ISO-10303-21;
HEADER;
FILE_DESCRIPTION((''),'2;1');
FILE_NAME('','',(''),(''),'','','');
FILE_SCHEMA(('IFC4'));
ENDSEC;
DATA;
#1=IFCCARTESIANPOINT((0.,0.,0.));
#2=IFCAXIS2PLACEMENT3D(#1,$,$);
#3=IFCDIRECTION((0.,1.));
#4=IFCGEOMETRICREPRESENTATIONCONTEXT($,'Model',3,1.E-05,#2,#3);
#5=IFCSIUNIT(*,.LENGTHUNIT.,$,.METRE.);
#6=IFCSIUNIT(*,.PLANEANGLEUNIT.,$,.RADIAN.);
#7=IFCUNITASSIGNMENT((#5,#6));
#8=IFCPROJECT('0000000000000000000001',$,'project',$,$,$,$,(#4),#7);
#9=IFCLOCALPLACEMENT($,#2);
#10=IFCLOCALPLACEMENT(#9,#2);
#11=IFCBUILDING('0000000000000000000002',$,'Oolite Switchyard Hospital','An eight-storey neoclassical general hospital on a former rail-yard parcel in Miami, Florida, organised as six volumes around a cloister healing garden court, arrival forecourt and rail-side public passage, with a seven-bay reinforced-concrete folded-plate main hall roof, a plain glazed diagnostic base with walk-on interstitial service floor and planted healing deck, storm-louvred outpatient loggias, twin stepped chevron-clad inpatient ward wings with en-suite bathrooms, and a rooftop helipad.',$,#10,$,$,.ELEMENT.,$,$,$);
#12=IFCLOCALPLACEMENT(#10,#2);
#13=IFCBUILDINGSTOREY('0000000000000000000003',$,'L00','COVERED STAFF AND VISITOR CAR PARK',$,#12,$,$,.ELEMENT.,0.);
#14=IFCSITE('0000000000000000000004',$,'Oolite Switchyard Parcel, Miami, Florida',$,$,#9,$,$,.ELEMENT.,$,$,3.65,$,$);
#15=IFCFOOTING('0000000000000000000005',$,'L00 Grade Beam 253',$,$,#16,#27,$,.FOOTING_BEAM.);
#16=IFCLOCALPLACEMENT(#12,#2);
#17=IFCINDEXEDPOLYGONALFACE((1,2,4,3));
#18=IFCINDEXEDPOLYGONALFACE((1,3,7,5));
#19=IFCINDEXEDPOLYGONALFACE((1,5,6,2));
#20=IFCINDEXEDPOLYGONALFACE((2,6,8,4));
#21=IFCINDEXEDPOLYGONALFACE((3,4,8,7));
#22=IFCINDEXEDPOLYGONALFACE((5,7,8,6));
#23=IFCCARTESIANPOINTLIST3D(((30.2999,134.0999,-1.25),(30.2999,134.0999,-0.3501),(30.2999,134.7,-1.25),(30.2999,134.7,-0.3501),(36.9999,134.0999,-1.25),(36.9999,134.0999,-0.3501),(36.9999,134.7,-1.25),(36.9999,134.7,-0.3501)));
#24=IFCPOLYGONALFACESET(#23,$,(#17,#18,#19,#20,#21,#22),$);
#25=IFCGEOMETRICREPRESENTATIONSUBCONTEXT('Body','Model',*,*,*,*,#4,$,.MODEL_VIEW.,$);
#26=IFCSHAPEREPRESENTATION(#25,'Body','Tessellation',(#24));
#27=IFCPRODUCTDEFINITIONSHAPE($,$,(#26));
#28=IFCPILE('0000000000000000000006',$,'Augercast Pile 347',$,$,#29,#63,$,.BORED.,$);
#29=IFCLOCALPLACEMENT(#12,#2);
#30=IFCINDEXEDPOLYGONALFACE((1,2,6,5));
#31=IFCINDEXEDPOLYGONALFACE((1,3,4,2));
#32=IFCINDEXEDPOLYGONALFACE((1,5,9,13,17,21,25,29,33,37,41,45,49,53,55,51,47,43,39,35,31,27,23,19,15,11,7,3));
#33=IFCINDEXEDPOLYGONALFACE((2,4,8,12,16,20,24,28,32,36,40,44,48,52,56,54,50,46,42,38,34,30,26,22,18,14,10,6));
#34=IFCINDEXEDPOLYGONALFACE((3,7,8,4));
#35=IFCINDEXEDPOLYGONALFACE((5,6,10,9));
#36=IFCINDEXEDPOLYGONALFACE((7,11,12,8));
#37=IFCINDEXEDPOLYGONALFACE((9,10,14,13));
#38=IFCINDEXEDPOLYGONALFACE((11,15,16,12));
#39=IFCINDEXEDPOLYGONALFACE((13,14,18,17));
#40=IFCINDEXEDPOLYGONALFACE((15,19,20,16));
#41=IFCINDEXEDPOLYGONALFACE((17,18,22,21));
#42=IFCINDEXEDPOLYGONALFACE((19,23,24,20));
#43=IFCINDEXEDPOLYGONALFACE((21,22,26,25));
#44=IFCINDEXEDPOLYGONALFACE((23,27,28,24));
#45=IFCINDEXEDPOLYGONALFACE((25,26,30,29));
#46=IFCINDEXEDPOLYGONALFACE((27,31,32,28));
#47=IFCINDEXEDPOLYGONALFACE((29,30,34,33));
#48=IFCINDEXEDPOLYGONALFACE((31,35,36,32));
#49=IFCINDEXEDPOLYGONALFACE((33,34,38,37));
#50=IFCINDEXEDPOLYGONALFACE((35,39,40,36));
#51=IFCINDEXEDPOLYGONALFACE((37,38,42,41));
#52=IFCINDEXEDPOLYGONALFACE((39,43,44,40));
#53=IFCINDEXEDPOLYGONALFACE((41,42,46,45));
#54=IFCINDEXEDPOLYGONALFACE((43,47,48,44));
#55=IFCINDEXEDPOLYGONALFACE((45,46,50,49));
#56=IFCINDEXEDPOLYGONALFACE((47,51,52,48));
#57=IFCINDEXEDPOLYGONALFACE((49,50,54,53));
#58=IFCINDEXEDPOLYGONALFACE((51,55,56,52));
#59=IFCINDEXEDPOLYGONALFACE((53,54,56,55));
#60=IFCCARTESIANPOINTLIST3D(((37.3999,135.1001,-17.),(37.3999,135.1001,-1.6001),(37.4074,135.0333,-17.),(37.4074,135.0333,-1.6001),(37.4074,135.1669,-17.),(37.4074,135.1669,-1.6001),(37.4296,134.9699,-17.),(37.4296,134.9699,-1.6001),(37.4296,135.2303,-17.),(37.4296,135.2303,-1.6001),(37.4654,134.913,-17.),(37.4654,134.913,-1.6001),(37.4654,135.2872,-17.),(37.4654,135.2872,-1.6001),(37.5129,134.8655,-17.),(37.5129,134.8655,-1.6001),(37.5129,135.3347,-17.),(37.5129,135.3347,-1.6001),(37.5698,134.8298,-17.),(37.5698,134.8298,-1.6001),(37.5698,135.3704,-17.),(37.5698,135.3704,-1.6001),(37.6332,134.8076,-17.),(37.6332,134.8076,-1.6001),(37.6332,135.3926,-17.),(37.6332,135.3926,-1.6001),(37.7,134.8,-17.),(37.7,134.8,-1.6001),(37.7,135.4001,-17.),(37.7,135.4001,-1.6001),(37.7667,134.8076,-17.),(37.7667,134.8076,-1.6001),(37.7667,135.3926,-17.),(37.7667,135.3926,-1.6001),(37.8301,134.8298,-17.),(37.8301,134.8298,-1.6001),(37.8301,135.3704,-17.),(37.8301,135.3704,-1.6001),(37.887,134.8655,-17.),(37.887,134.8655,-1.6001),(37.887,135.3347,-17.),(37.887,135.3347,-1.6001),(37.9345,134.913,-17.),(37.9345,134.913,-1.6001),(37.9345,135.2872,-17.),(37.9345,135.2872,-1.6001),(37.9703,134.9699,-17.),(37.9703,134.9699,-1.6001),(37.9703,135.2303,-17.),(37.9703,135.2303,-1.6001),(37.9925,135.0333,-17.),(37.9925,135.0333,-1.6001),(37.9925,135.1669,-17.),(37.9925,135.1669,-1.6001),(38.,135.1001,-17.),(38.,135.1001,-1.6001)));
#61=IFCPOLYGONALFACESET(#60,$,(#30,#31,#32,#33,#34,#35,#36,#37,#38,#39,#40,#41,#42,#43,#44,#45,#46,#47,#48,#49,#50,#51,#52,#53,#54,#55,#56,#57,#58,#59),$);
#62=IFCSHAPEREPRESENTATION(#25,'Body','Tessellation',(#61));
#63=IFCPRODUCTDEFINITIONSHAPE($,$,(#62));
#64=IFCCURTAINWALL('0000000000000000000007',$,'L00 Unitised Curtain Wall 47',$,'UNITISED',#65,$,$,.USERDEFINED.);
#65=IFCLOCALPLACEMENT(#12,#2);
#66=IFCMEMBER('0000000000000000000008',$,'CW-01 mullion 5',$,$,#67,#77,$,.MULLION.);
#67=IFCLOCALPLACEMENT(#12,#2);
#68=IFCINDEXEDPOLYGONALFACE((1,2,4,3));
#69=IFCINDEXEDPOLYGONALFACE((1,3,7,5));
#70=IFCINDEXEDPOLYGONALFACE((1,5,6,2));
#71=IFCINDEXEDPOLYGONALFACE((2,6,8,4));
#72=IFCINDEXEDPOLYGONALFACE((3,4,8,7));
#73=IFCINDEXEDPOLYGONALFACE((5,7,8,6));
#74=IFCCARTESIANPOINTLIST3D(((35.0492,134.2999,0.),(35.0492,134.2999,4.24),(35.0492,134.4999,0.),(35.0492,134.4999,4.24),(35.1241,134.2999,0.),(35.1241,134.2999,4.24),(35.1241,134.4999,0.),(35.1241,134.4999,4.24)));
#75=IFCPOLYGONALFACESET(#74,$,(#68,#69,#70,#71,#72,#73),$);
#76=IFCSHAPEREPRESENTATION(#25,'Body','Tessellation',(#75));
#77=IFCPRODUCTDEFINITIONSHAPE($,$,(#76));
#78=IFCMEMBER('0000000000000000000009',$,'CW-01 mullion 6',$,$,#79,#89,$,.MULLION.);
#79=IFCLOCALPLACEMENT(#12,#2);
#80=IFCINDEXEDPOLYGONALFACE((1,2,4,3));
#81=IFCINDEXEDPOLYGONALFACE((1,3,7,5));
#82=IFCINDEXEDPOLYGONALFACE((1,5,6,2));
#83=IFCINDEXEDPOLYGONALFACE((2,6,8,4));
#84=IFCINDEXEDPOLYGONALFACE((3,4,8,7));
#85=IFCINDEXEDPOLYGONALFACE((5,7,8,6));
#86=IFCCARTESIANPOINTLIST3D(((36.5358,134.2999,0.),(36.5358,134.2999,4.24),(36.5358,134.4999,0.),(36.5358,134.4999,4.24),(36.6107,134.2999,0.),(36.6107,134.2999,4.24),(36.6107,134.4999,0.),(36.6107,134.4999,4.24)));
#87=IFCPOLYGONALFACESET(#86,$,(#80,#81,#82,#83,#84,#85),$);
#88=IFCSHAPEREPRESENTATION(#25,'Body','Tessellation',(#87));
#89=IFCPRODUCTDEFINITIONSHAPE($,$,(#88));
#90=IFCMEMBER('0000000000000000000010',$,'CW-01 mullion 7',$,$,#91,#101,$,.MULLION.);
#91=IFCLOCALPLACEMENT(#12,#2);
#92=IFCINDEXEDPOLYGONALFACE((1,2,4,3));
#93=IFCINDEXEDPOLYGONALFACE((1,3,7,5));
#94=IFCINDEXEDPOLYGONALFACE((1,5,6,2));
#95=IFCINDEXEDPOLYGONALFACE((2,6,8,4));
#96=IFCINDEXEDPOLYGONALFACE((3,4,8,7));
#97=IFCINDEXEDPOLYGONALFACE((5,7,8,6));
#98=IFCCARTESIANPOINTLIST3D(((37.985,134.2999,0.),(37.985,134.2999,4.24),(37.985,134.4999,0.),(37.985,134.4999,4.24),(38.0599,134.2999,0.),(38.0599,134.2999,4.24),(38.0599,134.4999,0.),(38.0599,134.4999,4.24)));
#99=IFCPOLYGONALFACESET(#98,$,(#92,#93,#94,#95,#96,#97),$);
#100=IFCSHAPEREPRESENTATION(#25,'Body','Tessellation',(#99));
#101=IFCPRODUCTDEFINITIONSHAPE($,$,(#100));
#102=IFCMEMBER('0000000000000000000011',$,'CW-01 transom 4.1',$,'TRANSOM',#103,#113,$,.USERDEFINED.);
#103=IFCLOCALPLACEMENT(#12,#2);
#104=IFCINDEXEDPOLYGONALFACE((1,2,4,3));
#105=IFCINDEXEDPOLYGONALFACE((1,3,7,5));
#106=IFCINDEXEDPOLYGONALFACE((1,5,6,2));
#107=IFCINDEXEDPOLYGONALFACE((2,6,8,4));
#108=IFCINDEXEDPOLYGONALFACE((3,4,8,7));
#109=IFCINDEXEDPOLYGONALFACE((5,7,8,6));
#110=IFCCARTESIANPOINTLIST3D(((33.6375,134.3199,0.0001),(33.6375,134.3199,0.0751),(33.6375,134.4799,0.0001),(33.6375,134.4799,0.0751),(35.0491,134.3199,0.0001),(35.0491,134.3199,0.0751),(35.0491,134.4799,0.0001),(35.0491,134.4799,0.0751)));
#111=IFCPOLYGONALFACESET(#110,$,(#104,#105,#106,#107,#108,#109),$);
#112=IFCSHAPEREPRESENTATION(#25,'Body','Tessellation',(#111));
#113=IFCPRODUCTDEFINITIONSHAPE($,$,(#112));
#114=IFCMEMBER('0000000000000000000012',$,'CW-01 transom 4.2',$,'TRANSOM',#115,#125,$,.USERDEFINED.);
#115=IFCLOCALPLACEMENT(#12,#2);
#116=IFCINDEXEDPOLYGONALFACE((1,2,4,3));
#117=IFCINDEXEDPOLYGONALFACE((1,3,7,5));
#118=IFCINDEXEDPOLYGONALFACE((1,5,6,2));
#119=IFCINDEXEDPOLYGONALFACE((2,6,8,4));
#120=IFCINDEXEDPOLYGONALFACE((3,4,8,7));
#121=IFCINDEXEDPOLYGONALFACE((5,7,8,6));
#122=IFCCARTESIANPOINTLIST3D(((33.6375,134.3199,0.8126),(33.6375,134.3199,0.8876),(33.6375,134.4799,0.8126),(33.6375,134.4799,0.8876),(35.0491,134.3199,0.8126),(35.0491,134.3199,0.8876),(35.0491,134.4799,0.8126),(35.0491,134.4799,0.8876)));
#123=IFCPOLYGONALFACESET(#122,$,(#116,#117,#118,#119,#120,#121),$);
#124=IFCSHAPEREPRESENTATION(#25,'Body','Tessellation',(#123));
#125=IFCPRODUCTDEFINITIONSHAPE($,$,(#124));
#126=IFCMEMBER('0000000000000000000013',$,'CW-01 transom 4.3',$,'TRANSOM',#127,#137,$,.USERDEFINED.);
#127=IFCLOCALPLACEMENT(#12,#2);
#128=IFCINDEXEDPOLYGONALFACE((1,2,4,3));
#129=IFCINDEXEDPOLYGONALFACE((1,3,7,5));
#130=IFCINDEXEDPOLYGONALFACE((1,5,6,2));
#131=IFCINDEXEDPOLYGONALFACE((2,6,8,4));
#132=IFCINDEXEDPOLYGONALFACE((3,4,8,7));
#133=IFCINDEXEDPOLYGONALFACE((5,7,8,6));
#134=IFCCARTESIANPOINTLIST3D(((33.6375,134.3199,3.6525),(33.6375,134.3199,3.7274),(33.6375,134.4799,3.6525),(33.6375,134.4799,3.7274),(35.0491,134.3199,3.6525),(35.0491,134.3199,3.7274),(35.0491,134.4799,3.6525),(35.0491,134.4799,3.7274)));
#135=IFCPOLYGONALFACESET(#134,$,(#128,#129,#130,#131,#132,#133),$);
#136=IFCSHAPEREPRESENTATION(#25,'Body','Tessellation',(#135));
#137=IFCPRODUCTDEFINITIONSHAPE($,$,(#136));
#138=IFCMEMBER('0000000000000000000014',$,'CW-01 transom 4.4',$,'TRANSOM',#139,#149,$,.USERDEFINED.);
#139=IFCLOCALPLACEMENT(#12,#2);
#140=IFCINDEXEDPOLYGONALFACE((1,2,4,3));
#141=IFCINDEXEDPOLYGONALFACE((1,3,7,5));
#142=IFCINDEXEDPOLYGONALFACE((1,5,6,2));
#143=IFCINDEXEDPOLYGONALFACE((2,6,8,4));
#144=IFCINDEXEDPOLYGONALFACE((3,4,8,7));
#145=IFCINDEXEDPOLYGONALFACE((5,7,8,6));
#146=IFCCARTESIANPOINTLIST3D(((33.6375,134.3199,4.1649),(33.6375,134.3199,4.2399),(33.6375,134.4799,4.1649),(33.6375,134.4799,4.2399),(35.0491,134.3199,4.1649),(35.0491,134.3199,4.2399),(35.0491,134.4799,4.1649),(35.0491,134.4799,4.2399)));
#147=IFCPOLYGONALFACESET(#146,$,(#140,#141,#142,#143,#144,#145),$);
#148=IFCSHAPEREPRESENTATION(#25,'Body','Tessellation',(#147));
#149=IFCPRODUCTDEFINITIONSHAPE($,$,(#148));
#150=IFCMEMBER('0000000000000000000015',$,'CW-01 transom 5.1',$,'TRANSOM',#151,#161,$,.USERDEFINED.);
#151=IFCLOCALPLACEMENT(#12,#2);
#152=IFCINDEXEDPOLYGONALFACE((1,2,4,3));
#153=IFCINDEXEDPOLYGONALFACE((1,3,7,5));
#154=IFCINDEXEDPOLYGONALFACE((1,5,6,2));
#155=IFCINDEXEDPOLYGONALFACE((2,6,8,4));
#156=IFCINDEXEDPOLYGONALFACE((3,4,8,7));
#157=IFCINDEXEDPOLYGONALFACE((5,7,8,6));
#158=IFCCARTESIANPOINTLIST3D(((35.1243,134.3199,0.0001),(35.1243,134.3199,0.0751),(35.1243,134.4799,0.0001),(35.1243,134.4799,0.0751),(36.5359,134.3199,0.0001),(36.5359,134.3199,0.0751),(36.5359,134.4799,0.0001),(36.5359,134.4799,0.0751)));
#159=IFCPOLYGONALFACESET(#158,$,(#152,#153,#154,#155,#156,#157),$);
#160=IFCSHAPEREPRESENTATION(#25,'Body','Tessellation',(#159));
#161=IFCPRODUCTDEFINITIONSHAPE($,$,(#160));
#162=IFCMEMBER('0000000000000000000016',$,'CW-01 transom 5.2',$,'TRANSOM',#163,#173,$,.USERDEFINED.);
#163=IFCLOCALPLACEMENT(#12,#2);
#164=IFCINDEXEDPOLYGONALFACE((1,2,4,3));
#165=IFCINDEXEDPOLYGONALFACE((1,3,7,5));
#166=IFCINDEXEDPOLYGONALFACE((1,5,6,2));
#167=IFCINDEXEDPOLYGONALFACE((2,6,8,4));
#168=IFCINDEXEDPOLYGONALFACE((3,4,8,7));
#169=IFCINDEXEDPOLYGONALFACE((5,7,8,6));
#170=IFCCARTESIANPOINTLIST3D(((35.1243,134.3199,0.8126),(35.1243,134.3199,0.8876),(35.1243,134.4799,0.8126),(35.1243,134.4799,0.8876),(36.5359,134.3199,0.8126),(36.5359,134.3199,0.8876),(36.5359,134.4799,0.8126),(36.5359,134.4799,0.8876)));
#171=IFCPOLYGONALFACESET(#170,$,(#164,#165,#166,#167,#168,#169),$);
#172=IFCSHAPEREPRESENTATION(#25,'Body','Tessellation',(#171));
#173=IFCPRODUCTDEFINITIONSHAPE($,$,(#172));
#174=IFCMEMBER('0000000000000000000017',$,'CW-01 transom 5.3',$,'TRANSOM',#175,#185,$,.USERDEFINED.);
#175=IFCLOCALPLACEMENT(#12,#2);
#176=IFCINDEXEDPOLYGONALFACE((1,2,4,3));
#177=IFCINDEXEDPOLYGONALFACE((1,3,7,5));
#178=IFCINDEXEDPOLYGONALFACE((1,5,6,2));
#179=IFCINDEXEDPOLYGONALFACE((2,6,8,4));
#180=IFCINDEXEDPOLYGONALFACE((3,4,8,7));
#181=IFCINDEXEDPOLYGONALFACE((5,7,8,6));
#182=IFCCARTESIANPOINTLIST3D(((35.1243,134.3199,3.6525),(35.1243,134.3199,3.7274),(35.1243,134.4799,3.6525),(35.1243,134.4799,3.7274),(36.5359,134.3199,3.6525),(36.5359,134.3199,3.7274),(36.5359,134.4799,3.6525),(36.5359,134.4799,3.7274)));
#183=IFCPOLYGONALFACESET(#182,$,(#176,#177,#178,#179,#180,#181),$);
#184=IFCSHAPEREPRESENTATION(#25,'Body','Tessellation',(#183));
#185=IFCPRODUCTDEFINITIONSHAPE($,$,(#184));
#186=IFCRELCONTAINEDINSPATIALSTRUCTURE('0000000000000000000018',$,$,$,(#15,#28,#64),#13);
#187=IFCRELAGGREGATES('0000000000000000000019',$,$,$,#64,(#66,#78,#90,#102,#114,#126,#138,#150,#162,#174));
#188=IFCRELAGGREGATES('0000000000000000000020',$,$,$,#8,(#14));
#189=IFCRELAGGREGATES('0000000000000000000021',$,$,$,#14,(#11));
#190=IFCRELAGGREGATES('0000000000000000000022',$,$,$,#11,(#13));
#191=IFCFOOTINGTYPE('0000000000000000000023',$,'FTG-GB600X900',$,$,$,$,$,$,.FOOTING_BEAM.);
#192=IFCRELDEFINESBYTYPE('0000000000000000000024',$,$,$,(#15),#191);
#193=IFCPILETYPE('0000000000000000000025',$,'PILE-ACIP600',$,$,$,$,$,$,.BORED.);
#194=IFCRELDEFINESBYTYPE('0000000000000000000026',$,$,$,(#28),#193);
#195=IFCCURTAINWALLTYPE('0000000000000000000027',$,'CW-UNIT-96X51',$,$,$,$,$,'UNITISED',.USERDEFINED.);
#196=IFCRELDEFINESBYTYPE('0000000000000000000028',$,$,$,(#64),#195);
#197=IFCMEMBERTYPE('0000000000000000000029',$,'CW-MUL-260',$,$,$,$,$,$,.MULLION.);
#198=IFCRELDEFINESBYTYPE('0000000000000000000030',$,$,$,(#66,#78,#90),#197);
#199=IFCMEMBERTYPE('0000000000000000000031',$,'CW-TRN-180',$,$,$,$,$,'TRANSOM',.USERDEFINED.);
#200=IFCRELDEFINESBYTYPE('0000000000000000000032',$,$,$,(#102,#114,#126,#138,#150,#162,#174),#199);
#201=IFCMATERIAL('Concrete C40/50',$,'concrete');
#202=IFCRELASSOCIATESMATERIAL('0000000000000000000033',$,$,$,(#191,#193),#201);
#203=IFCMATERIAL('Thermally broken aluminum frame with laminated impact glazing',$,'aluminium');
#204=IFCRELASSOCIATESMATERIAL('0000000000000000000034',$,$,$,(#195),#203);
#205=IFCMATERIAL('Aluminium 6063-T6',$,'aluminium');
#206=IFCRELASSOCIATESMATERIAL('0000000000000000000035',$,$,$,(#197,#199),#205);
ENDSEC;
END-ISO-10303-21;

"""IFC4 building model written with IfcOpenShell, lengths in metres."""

from ifc_helpers import new_model, si_unit, direction, frame, origin, origin_2d, place, context, subcontext, project, spatial, rectangle, circle, extrude, material, material_profile, profile_set, type_object, element, aggregate, save


model = new_model("IFC4")

# Units and contexts
model_context = context("Model", 3, precision=1e-05, world=origin(), true_north=direction((0.0, 1.0)))
body_context = subcontext(model_context, "Body", "Model", "MODEL_VIEW")
ifc_project = project(units=[si_unit("LENGTHUNIT", "METRE"), si_unit("PLANEANGLEUNIT", "RADIAN")], contexts=[model_context])

# Site, building, storey
site_placement = place(None, origin())
site = spatial("IfcSite", under=ifc_project, at=site_placement, Name="Oolite Switchyard Parcel, Miami, Florida", CompositionType="ELEMENT", RefElevation=3.65)
building_placement = place(site_placement, origin())
building = spatial("IfcBuilding", under=site, at=building_placement, Name="Oolite Switchyard Hospital", Description="An eight-storey neoclassical general hospital on a former rail-yard parcel in Miami, Florida, organised as six volumes around a cloister healing garden court, arrival forecourt and rail-side public passage, with a seven-bay reinforced-concrete folded-plate main hall roof, a plain glazed diagnostic base with walk-on interstitial service floor and planted healing deck, storm-louvred outpatient loggias, twin stepped chevron-clad inpatient ward wings with en-suite bathrooms, and a rooftop helipad.", CompositionType="ELEMENT")
storey_placement = place(building_placement, origin())
storey = spatial("IfcBuildingStorey", under=building, at=storey_placement, Name="L00", Description="COVERED STAFF AND VISITOR CAR PARK", CompositionType="ELEMENT", Elevation=0.0)

# Footing
ifc_material_1 = material(Name="Concrete C40/50", Category="concrete")
footing_type = type_object("IfcFootingType", Name="FTG-GB600X900", PredefinedType="FOOTING_BEAM", material=ifc_material_1)
footing_placement = place(storey_placement, frame((33.6499, 134.3999, -1.25), z_axis=(0.0, 0.0, 1.0), x_axis=(1.0, 0.0, 0.0)))
element("IfcFooting", 1, at=footing_placement, inside=storey, type_object=footing_type, Name="L00 Grade Beam 253", PredefinedType="FOOTING_BEAM", context=body_context, shape_type="SweptSolid", body=[
    extrude(rectangle(XDim=6.7, YDim=0.6001, at=origin_2d()), origin(), (0.0, 0.0, 1.0), 0.8999),
])

# Pile
ifc_material_profile_1 = material_profile(ifc_material_1, circle(Radius=0.3, at=origin_2d()), Name="PILE600")
ifc_profile_set_1 = profile_set([ifc_material_profile_1], Name="Concrete C40/50")
pile_type = type_object("IfcPileType", Name="PILE-ACIP600", PredefinedType="BORED", material=ifc_profile_set_1)
pile_placement = place(storey_placement, frame((37.7, 135.1001, -1.6001), z_axis=(0.0, 0.0, -1.0), x_axis=(1.0, 0.0, 0.0)))
element("IfcPile", 2, at=pile_placement, inside=storey, type_object=pile_type, Name="Augercast Pile 347", PredefinedType="BORED", context=body_context, shape_type="SweptSolid", body=[
    extrude(circle(Radius=0.3, at=origin_2d()), origin(), (0.0, 0.0, 1.0), 15.3999),
])

# Curtain wall, members
ifc_material_2 = material(Name="Thermally broken aluminum frame with laminated impact glazing", Category="aluminium")
curtain_wall_type = type_object("IfcCurtainWallType", Name="CW-UNIT-96X51", ElementType="UNITISED", PredefinedType="USERDEFINED", material=ifc_material_2)
curtain_wall_placement = place(storey_placement, origin())
curtain_wall = element("IfcCurtainWall", 3, at=curtain_wall_placement, inside=storey, type_object=curtain_wall_type, Name="L00 Unitised Curtain Wall 47", ObjectType="UNITISED", PredefinedType="USERDEFINED")
ifc_material_3 = material(Name="Aluminium 6063-T6", Category="aluminium")
ifc_material_profile_2 = material_profile(ifc_material_3, rectangle(XDim=0.2, YDim=0.075, at=origin_2d()), Name="CWM75X200")
ifc_profile_set_2 = profile_set([ifc_material_profile_2], Name="Aluminium 6063-T6")
member_type_1 = type_object("IfcMemberType", Name="CW-MUL-260", PredefinedType="MULLION", material=ifc_profile_set_2)
member_1_placement = place(storey_placement, frame((35.0867, 134.3999, 0.0), z_axis=(0.0, 0.0, 1.0), x_axis=(0.0, 1.0, 0.0)))
member_1 = element("IfcMember", 4, at=member_1_placement, type_object=member_type_1, Name="CW-01 mullion 5", PredefinedType="MULLION", context=body_context, shape_type="SweptSolid", body=[
    extrude(rectangle(XDim=0.2, YDim=0.075, at=origin_2d()), origin(), (0.0, 0.0, 1.0), 4.24),
])
member_2_placement = place(storey_placement, frame((36.5732, 134.3999, 0.0), z_axis=(0.0, 0.0, 1.0), x_axis=(0.0, 1.0, 0.0)))
member_2 = element("IfcMember", 5, at=member_2_placement, type_object=member_type_1, Name="CW-01 mullion 6", PredefinedType="MULLION", context=body_context, shape_type="SweptSolid", body=[
    extrude(rectangle(XDim=0.2, YDim=0.075, at=origin_2d()), origin(), (0.0, 0.0, 1.0), 4.24),
])
member_3_placement = place(storey_placement, frame((38.0225, 134.3999, 0.0), z_axis=(0.0, 0.0, 1.0), x_axis=(0.0, 1.0, 0.0)))
member_3 = element("IfcMember", 6, at=member_3_placement, type_object=member_type_1, Name="CW-01 mullion 7", PredefinedType="MULLION", context=body_context, shape_type="SweptSolid", body=[
    extrude(rectangle(XDim=0.2, YDim=0.075, at=origin_2d()), origin(), (0.0, 0.0, 1.0), 4.24),
])
ifc_material_profile_3 = material_profile(ifc_material_3, rectangle(XDim=0.1599, YDim=0.075, at=origin_2d()), Name="CWT75X160")
ifc_profile_set_3 = profile_set([ifc_material_profile_3], Name="Aluminium 6063-T6")
member_type_2 = type_object("IfcMemberType", Name="CW-TRN-180", ElementType="TRANSOM", PredefinedType="USERDEFINED", material=ifc_profile_set_3)
member_4_placement = place(storey_placement, frame((33.6375, 134.3999, 0.0376), z_axis=(1.0, 0.0, 0.0), x_axis=(0.0, 1.0, 0.0)))
member_4 = element("IfcMember", 7, at=member_4_placement, type_object=member_type_2, Name="CW-01 transom 4.1", ObjectType="TRANSOM", PredefinedType="USERDEFINED", context=body_context, shape_type="SweptSolid", body=[
    extrude(rectangle(XDim=0.1599, YDim=0.075, at=origin_2d()), origin(), (0.0, 0.0, 1.0), 1.4116),
])
member_5_placement = place(storey_placement, frame((33.6375, 134.3999, 0.8501), z_axis=(1.0, 0.0, 0.0), x_axis=(0.0, 1.0, 0.0)))
member_5 = element("IfcMember", 8, at=member_5_placement, type_object=member_type_2, Name="CW-01 transom 4.2", ObjectType="TRANSOM", PredefinedType="USERDEFINED", context=body_context, shape_type="SweptSolid", body=[
    extrude(rectangle(XDim=0.1599, YDim=0.075, at=origin_2d()), origin(), (0.0, 0.0, 1.0), 1.4116),
])
member_6_placement = place(storey_placement, frame((33.6375, 134.3999, 3.6899), z_axis=(1.0, 0.0, 0.0), x_axis=(0.0, 1.0, 0.0)))
member_6 = element("IfcMember", 9, at=member_6_placement, type_object=member_type_2, Name="CW-01 transom 4.3", ObjectType="TRANSOM", PredefinedType="USERDEFINED", context=body_context, shape_type="SweptSolid", body=[
    extrude(rectangle(XDim=0.1599, YDim=0.075, at=origin_2d()), origin(), (0.0, 0.0, 1.0), 1.4116),
])
member_7_placement = place(storey_placement, frame((33.6375, 134.3999, 4.2024), z_axis=(1.0, 0.0, 0.0), x_axis=(0.0, 1.0, 0.0)))
member_7 = element("IfcMember", 10, at=member_7_placement, type_object=member_type_2, Name="CW-01 transom 4.4", ObjectType="TRANSOM", PredefinedType="USERDEFINED", context=body_context, shape_type="SweptSolid", body=[
    extrude(rectangle(XDim=0.1599, YDim=0.075, at=origin_2d()), origin(), (0.0, 0.0, 1.0), 1.4116),
])
member_8_placement = place(storey_placement, frame((35.1243, 134.3999, 0.0376), z_axis=(1.0, 0.0, 0.0), x_axis=(0.0, 1.0, 0.0)))
member_8 = element("IfcMember", 11, at=member_8_placement, type_object=member_type_2, Name="CW-01 transom 5.1", ObjectType="TRANSOM", PredefinedType="USERDEFINED", context=body_context, shape_type="SweptSolid", body=[
    extrude(rectangle(XDim=0.1599, YDim=0.075, at=origin_2d()), origin(), (0.0, 0.0, 1.0), 1.4116),
])
member_9_placement = place(storey_placement, frame((35.1243, 134.3999, 0.8501), z_axis=(1.0, 0.0, 0.0), x_axis=(0.0, 1.0, 0.0)))
member_9 = element("IfcMember", 12, at=member_9_placement, type_object=member_type_2, Name="CW-01 transom 5.2", ObjectType="TRANSOM", PredefinedType="USERDEFINED", context=body_context, shape_type="SweptSolid", body=[
    extrude(rectangle(XDim=0.1599, YDim=0.075, at=origin_2d()), origin(), (0.0, 0.0, 1.0), 1.4116),
])
member_10_placement = place(storey_placement, frame((35.1243, 134.3999, 3.6899), z_axis=(1.0, 0.0, 0.0), x_axis=(0.0, 1.0, 0.0)))
member_10 = element("IfcMember", 13, at=member_10_placement, type_object=member_type_2, Name="CW-01 transom 5.3", ObjectType="TRANSOM", PredefinedType="USERDEFINED", context=body_context, shape_type="SweptSolid", body=[
    extrude(rectangle(XDim=0.1599, YDim=0.075, at=origin_2d()), origin(), (0.0, 0.0, 1.0), 1.4116),
])
aggregate(curtain_wall, [member_1, member_2, member_3, member_4, member_5, member_6, member_7, member_8, member_9, member_10])

save(model, "model.ifc")
